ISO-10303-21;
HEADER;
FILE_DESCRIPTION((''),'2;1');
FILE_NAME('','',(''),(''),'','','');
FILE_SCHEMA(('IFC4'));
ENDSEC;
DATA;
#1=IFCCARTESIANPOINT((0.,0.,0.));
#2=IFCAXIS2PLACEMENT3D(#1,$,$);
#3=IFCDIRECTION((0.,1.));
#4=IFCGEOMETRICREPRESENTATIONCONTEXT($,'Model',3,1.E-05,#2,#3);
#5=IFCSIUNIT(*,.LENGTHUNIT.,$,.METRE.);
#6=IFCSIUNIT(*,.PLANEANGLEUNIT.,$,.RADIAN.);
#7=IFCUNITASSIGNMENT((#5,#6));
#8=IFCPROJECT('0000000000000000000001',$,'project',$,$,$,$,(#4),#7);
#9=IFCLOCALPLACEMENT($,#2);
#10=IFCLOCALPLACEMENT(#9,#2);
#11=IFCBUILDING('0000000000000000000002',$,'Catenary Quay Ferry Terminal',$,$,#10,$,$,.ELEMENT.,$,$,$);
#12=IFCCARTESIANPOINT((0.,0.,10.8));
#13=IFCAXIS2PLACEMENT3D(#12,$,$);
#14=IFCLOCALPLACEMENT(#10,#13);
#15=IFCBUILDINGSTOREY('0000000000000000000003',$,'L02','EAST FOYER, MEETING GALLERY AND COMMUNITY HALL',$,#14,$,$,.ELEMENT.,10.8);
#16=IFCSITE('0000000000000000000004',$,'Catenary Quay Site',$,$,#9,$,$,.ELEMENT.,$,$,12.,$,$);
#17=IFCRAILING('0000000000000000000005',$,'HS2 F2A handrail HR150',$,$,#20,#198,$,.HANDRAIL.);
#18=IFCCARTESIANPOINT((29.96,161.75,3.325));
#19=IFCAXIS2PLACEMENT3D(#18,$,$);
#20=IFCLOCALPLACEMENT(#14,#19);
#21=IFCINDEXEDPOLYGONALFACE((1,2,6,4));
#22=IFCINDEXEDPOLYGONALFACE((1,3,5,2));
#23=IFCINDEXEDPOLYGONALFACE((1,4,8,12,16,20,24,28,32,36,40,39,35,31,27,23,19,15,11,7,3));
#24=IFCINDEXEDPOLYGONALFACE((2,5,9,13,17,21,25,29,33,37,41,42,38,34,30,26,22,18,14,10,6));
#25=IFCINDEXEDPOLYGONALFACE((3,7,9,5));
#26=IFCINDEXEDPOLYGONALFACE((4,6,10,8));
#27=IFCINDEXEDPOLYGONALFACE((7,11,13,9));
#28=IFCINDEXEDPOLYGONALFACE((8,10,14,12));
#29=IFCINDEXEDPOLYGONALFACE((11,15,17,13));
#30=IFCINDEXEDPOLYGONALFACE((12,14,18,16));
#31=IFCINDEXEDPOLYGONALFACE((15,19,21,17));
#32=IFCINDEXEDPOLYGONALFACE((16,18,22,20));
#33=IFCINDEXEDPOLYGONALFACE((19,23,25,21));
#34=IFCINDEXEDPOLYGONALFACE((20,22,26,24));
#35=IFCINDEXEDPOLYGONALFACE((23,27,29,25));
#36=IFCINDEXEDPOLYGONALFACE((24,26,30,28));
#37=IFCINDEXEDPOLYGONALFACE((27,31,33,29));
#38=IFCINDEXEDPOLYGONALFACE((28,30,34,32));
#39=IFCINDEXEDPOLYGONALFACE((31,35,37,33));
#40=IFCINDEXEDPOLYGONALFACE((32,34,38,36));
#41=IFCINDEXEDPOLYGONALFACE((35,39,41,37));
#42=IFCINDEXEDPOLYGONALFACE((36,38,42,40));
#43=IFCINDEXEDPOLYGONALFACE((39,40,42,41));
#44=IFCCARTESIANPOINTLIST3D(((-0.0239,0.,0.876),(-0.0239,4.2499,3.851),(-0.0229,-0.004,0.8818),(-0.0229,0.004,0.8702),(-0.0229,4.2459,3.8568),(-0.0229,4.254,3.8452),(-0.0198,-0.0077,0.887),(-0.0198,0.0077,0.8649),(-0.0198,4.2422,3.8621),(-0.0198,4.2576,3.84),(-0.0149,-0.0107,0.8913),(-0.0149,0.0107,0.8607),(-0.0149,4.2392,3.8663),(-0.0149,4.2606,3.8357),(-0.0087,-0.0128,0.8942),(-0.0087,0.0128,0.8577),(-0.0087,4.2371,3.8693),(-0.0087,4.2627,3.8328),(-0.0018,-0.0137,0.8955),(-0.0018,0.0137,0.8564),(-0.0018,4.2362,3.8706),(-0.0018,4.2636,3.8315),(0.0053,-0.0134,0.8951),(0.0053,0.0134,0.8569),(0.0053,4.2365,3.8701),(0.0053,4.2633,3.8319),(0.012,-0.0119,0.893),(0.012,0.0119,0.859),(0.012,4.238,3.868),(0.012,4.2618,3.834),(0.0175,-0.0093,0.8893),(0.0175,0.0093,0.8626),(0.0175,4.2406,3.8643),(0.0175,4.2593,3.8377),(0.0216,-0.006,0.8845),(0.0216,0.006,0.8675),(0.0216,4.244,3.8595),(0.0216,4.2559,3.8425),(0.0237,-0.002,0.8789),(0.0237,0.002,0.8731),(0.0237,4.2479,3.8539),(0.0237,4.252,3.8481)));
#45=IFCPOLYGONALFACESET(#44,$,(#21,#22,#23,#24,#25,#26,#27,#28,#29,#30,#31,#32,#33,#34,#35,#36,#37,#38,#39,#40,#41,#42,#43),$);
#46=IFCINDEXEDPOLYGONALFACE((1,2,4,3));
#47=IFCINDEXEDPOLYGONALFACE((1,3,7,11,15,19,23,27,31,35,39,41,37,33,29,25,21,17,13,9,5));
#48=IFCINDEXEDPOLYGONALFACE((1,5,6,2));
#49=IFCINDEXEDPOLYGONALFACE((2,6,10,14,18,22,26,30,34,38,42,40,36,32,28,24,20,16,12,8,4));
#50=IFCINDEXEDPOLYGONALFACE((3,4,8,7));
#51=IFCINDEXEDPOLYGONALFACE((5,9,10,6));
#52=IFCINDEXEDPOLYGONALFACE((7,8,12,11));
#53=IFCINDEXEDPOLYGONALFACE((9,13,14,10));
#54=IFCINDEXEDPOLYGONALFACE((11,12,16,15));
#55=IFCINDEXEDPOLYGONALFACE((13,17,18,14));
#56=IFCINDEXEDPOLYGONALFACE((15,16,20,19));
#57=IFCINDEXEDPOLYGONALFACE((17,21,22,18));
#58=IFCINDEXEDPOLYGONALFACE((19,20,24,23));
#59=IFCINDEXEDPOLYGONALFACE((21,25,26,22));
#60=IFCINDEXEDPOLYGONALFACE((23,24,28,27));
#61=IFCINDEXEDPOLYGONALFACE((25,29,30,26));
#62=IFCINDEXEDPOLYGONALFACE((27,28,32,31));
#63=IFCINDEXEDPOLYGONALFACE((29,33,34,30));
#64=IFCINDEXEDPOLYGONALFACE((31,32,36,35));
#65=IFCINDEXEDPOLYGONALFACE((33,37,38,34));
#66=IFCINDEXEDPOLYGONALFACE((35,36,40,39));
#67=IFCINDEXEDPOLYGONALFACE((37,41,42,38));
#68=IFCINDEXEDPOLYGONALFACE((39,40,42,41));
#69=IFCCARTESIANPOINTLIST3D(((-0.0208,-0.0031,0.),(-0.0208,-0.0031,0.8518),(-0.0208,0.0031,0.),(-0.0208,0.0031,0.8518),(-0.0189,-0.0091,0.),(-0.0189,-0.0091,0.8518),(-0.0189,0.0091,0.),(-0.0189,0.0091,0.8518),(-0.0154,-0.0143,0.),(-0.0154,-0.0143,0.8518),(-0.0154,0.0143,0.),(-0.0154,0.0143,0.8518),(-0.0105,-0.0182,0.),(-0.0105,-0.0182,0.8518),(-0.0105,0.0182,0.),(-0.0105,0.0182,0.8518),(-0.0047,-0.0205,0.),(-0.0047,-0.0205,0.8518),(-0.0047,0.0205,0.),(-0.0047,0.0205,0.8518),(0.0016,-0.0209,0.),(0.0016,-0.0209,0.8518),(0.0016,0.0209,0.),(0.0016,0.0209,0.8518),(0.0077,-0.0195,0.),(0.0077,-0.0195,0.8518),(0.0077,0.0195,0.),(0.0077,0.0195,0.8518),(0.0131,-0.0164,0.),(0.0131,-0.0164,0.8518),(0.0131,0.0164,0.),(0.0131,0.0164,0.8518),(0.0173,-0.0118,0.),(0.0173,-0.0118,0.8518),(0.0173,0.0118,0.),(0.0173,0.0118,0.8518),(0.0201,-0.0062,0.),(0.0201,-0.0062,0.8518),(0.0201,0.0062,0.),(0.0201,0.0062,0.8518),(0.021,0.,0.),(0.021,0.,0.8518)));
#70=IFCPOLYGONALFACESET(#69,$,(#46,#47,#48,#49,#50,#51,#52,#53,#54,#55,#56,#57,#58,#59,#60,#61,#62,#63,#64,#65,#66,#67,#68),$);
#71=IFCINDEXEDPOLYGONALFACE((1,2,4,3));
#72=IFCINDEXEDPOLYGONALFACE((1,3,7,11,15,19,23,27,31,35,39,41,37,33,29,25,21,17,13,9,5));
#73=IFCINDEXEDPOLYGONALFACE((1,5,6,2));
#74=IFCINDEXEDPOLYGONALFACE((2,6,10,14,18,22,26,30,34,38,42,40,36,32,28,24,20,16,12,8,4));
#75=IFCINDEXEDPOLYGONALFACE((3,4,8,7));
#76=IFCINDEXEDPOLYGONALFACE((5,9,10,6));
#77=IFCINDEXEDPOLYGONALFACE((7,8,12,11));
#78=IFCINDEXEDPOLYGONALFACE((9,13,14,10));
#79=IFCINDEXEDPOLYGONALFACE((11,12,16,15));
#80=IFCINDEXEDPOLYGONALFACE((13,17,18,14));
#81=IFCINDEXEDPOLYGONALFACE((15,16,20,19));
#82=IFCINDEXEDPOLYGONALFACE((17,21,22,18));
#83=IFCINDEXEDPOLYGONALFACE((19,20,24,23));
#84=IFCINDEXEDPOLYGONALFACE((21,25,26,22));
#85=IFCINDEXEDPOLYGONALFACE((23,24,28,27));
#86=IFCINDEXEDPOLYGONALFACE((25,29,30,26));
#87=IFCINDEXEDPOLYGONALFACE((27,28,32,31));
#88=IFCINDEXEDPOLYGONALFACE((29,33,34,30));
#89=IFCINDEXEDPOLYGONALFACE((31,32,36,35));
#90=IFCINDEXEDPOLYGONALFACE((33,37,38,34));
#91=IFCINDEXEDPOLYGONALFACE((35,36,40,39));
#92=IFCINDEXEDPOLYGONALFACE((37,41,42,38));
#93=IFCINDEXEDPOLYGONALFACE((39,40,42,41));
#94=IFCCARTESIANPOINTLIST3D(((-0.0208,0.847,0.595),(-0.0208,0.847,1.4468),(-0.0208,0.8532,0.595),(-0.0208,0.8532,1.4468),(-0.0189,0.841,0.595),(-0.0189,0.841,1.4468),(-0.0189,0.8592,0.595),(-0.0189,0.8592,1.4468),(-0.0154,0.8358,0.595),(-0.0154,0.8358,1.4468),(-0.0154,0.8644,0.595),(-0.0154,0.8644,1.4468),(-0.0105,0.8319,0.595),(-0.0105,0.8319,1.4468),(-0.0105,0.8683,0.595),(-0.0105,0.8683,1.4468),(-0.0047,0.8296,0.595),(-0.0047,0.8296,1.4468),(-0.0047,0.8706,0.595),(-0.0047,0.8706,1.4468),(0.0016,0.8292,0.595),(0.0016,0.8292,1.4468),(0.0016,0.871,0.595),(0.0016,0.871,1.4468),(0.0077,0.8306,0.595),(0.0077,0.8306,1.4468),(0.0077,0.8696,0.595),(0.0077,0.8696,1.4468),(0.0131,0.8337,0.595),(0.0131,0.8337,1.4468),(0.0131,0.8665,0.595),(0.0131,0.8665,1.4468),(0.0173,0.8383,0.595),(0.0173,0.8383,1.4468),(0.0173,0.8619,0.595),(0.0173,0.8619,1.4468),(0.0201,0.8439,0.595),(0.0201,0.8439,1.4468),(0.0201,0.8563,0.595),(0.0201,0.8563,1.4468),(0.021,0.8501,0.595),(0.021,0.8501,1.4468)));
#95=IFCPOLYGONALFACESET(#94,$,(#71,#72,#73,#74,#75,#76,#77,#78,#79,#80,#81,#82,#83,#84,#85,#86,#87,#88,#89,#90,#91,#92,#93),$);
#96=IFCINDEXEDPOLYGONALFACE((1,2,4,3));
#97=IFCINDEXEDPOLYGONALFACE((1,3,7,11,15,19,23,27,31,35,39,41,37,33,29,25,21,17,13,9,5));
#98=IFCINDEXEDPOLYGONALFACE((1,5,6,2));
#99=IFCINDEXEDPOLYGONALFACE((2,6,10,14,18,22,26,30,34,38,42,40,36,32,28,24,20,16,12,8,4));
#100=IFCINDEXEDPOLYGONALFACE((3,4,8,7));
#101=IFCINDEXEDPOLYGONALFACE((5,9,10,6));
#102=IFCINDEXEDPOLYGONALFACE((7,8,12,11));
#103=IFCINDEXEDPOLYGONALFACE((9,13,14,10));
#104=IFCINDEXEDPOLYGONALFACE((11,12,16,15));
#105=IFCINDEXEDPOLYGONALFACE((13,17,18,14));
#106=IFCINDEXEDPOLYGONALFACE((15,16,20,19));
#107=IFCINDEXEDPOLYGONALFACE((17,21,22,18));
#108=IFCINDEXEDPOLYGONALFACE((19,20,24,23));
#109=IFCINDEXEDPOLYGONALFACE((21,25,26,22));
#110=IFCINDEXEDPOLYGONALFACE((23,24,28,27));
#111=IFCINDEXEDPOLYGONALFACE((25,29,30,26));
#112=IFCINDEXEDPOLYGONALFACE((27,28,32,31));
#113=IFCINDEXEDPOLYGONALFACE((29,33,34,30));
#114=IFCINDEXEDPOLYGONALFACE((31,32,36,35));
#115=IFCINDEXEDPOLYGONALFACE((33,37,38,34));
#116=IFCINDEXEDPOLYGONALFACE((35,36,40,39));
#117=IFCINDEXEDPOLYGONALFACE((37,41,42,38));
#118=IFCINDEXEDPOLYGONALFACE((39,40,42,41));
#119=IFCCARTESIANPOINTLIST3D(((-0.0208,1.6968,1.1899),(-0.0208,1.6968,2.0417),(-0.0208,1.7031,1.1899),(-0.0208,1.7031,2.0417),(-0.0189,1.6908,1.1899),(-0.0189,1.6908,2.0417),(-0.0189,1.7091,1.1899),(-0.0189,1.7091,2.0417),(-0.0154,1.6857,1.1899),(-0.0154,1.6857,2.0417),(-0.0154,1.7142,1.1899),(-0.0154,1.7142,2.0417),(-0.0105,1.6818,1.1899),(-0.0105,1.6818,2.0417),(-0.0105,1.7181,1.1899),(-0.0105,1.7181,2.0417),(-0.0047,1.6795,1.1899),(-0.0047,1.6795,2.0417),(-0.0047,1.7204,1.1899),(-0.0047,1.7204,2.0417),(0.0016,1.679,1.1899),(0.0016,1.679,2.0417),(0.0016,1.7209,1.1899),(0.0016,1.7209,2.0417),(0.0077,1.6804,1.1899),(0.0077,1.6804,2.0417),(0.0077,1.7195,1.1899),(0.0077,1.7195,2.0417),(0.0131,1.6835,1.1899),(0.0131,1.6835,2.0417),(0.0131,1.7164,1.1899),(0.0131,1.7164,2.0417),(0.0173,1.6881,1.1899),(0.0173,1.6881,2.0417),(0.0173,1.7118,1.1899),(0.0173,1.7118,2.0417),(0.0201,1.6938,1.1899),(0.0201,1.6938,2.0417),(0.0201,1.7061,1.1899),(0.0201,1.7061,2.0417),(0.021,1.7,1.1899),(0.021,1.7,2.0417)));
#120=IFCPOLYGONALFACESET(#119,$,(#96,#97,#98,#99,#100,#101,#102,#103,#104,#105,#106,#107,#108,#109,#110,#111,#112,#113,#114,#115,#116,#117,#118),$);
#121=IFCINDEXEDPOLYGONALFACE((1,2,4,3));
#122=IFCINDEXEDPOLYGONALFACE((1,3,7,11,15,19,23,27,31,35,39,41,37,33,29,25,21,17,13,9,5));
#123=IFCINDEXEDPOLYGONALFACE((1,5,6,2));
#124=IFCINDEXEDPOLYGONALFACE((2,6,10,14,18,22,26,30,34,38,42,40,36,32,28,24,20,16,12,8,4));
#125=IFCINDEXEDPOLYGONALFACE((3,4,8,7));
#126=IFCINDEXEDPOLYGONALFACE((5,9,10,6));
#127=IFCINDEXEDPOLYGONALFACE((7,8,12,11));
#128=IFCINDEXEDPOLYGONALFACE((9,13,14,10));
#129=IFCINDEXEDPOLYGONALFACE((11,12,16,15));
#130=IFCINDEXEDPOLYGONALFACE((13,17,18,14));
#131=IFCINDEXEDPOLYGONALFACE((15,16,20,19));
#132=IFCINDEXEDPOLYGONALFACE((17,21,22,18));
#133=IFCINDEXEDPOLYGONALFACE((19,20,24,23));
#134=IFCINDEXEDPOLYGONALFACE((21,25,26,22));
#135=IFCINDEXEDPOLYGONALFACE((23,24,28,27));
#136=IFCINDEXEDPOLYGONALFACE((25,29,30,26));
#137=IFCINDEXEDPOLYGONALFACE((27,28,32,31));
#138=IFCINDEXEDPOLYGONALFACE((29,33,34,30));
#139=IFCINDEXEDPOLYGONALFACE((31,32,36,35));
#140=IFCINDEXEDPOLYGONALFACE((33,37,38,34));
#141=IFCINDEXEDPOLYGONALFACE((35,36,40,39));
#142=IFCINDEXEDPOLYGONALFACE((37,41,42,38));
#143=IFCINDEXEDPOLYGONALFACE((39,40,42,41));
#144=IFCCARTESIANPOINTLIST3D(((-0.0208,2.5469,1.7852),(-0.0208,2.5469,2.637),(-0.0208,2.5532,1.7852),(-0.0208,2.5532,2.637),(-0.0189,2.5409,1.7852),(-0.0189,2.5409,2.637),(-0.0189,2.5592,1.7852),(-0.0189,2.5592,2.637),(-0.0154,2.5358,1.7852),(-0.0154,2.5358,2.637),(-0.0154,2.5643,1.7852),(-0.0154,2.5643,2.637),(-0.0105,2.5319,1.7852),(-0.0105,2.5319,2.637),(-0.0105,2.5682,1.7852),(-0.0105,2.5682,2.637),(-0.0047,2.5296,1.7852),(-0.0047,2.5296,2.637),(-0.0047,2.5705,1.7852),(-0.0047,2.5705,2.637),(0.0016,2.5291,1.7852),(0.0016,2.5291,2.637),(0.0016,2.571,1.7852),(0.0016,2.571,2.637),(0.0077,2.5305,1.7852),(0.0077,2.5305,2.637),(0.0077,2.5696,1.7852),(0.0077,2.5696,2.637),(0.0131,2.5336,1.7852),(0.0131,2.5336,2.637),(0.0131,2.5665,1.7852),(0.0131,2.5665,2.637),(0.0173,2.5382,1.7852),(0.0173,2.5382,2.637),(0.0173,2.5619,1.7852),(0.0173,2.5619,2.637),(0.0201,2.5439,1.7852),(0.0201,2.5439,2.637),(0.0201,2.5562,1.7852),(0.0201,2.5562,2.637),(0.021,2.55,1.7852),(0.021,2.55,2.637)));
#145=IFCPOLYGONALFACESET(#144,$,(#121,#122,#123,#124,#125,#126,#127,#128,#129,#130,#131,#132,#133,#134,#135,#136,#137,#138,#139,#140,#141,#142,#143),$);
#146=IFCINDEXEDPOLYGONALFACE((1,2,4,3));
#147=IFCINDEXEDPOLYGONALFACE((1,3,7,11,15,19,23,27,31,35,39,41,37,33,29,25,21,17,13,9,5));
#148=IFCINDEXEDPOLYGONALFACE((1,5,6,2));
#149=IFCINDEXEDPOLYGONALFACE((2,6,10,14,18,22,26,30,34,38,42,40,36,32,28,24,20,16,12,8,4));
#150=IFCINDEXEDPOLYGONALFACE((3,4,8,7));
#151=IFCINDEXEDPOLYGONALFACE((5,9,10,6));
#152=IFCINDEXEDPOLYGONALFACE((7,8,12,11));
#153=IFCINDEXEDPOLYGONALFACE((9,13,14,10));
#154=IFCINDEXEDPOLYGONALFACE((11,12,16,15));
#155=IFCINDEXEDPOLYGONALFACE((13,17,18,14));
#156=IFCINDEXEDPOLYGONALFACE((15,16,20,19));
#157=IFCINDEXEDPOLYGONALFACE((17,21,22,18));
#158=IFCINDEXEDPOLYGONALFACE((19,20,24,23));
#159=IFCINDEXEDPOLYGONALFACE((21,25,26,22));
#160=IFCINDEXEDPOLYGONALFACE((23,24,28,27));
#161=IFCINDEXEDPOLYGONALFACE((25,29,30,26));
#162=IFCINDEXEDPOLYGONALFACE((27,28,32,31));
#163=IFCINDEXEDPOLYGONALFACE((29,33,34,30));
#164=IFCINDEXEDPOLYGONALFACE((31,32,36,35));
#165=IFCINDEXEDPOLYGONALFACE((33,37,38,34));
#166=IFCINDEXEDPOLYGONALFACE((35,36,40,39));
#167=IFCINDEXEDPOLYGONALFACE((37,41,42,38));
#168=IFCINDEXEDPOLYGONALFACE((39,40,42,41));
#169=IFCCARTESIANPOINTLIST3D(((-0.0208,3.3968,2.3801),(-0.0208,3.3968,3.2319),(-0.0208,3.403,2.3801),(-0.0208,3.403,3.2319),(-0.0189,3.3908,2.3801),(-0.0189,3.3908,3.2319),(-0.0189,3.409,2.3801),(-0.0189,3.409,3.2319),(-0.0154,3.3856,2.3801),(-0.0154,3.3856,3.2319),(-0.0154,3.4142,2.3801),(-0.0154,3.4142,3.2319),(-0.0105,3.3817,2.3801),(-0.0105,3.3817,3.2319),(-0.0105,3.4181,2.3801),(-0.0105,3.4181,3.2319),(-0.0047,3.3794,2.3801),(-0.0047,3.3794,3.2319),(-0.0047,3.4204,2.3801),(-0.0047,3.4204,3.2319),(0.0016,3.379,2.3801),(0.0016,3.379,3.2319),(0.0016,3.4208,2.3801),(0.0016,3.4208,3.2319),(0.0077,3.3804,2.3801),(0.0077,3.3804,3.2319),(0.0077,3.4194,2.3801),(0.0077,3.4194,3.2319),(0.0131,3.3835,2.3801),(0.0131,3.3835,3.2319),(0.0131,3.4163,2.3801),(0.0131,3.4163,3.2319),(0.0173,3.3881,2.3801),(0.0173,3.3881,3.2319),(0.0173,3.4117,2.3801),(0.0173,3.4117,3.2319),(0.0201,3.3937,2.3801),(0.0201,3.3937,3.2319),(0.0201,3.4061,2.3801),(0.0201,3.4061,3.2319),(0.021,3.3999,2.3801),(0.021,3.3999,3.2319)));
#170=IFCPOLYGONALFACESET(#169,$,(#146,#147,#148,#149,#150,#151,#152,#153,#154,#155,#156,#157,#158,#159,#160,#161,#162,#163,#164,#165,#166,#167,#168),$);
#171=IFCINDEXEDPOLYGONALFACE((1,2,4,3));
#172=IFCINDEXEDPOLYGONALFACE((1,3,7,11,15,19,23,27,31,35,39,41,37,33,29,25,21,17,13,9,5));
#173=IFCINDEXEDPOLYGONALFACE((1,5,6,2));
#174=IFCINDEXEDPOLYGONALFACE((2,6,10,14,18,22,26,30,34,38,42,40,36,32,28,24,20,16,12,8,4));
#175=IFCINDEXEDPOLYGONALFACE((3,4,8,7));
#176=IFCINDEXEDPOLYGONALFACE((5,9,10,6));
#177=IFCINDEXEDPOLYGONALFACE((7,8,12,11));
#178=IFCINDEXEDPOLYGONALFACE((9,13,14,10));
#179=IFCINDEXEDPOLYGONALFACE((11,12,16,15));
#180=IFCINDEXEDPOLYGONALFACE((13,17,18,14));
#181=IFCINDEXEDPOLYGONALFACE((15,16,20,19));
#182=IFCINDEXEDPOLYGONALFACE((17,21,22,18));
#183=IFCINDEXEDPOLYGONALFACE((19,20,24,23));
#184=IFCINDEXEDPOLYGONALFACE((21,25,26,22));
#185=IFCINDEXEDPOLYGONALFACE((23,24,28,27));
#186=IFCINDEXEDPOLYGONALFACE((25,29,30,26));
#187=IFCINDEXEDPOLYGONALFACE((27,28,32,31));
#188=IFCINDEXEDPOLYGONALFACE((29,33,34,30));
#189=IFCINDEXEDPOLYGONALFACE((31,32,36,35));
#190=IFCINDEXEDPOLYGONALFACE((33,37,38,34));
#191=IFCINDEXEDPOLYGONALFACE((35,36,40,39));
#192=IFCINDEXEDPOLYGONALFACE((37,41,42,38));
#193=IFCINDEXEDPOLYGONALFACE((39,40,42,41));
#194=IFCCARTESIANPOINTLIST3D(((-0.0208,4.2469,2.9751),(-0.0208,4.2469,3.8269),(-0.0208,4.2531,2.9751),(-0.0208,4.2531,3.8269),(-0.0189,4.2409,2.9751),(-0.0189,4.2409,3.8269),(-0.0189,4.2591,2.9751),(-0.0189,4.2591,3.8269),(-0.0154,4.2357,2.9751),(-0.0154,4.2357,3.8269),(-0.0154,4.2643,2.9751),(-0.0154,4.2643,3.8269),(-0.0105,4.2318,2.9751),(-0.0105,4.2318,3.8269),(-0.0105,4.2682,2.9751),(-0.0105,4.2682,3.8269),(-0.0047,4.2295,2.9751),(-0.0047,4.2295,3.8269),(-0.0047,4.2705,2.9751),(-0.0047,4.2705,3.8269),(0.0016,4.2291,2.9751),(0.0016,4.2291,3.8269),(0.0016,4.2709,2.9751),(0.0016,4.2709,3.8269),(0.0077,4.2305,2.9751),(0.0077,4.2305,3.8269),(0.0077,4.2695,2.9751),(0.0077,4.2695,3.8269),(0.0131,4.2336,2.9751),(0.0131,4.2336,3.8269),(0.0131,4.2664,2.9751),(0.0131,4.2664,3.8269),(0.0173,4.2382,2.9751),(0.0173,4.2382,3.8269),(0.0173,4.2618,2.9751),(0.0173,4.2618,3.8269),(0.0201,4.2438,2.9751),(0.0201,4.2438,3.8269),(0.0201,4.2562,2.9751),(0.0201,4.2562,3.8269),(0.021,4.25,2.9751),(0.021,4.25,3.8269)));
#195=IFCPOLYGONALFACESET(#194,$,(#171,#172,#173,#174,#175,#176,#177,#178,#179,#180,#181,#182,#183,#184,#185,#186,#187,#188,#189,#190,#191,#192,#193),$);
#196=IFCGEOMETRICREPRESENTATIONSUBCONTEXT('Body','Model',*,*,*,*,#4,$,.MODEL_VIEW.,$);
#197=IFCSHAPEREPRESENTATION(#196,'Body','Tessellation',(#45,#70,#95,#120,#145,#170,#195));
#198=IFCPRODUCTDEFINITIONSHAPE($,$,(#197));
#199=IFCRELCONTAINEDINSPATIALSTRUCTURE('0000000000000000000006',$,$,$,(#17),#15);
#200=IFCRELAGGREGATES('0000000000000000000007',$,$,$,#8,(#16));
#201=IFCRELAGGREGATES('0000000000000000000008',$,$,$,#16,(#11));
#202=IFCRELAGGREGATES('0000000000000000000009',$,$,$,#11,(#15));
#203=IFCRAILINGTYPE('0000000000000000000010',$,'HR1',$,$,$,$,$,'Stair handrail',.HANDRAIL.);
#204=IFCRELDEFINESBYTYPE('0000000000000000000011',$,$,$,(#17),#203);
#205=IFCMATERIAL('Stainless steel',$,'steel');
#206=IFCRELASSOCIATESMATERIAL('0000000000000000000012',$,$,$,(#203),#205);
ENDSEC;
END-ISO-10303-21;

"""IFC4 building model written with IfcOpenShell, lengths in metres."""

from ifc_helpers import new_model, si_unit, direction, frame, origin, origin_2d, place, context, subcontext, project, spatial, circle, extrude, material, type_object, element, save


model = new_model("IFC4")

# Units and contexts
model_context = context("Model", 3, precision=1e-05, world=origin(), true_north=direction((0.0, 1.0)))
body_context = subcontext(model_context, "Body", "Model", "MODEL_VIEW")
ifc_project = project(units=[si_unit("LENGTHUNIT", "METRE"), si_unit("PLANEANGLEUNIT", "RADIAN")], contexts=[model_context])

# Site, building, storey
site_placement = place(None, origin())
site = spatial("IfcSite", under=ifc_project, at=site_placement, Name="Catenary Quay Site", CompositionType="ELEMENT", RefElevation=12.0)
building_placement = place(site_placement, origin())
building = spatial("IfcBuilding", under=site, at=building_placement, Name="Catenary Quay Ferry Terminal", CompositionType="ELEMENT")
storey_placement = place(building_placement, frame((0.0, 0.0, 10.8)))
storey = spatial("IfcBuildingStorey", under=building, at=storey_placement, Name="L02", Description="EAST FOYER, MEETING GALLERY AND COMMUNITY HALL", CompositionType="ELEMENT", Elevation=10.8)

# Railing
ifc_material_1 = material(Name="Stainless steel", Category="steel")
railing_type_1 = type_object("IfcRailingType", Name="HR1", ElementType="Stair handrail", PredefinedType="HANDRAIL", material=ifc_material_1)
for number, where, name in (
    (1, (29.96, 161.75, 3.325), "HS2 F2A handrail HR150"),
):
    element("IfcRailing", number, at=place(storey_placement, frame(where)), inside=storey, type_object=railing_type_1, Name=name, PredefinedType="HANDRAIL", context=body_context, shape_type="SweptSolid", body=[
        extrude(circle(Radius=0.0239, at=origin_2d()), frame((0.0, 0.0, 0.876), z_axis=(0.0, 0.819223, 0.573475), x_axis=(-1.0, 0.0, 0.0)), (0.0, 0.0, 1.0), 5.1877),
        extrude(circle(Radius=0.021, at=origin_2d()), origin(), (0.0, 0.0, 1.0), 0.8518),
        extrude(circle(Radius=0.021, at=origin_2d()), frame((0.0, 0.8501, 0.595)), (0.0, 0.0, 1.0), 0.8518),
        extrude(circle(Radius=0.021, at=origin_2d()), frame((0.0, 1.7, 1.1899)), (0.0, 0.0, 1.0), 0.8518),
        extrude(circle(Radius=0.021, at=origin_2d()), frame((0.0, 2.55, 1.7852)), (0.0, 0.0, 1.0), 0.8518),
        extrude(circle(Radius=0.021, at=origin_2d()), frame((0.0, 3.3999, 2.3801)), (0.0, 0.0, 1.0), 0.8518),
        extrude(circle(Radius=0.021, at=origin_2d()), frame((0.0, 4.25, 2.9751)), (0.0, 0.0, 1.0), 0.8518),
    ])

save(model, "model.ifc")
